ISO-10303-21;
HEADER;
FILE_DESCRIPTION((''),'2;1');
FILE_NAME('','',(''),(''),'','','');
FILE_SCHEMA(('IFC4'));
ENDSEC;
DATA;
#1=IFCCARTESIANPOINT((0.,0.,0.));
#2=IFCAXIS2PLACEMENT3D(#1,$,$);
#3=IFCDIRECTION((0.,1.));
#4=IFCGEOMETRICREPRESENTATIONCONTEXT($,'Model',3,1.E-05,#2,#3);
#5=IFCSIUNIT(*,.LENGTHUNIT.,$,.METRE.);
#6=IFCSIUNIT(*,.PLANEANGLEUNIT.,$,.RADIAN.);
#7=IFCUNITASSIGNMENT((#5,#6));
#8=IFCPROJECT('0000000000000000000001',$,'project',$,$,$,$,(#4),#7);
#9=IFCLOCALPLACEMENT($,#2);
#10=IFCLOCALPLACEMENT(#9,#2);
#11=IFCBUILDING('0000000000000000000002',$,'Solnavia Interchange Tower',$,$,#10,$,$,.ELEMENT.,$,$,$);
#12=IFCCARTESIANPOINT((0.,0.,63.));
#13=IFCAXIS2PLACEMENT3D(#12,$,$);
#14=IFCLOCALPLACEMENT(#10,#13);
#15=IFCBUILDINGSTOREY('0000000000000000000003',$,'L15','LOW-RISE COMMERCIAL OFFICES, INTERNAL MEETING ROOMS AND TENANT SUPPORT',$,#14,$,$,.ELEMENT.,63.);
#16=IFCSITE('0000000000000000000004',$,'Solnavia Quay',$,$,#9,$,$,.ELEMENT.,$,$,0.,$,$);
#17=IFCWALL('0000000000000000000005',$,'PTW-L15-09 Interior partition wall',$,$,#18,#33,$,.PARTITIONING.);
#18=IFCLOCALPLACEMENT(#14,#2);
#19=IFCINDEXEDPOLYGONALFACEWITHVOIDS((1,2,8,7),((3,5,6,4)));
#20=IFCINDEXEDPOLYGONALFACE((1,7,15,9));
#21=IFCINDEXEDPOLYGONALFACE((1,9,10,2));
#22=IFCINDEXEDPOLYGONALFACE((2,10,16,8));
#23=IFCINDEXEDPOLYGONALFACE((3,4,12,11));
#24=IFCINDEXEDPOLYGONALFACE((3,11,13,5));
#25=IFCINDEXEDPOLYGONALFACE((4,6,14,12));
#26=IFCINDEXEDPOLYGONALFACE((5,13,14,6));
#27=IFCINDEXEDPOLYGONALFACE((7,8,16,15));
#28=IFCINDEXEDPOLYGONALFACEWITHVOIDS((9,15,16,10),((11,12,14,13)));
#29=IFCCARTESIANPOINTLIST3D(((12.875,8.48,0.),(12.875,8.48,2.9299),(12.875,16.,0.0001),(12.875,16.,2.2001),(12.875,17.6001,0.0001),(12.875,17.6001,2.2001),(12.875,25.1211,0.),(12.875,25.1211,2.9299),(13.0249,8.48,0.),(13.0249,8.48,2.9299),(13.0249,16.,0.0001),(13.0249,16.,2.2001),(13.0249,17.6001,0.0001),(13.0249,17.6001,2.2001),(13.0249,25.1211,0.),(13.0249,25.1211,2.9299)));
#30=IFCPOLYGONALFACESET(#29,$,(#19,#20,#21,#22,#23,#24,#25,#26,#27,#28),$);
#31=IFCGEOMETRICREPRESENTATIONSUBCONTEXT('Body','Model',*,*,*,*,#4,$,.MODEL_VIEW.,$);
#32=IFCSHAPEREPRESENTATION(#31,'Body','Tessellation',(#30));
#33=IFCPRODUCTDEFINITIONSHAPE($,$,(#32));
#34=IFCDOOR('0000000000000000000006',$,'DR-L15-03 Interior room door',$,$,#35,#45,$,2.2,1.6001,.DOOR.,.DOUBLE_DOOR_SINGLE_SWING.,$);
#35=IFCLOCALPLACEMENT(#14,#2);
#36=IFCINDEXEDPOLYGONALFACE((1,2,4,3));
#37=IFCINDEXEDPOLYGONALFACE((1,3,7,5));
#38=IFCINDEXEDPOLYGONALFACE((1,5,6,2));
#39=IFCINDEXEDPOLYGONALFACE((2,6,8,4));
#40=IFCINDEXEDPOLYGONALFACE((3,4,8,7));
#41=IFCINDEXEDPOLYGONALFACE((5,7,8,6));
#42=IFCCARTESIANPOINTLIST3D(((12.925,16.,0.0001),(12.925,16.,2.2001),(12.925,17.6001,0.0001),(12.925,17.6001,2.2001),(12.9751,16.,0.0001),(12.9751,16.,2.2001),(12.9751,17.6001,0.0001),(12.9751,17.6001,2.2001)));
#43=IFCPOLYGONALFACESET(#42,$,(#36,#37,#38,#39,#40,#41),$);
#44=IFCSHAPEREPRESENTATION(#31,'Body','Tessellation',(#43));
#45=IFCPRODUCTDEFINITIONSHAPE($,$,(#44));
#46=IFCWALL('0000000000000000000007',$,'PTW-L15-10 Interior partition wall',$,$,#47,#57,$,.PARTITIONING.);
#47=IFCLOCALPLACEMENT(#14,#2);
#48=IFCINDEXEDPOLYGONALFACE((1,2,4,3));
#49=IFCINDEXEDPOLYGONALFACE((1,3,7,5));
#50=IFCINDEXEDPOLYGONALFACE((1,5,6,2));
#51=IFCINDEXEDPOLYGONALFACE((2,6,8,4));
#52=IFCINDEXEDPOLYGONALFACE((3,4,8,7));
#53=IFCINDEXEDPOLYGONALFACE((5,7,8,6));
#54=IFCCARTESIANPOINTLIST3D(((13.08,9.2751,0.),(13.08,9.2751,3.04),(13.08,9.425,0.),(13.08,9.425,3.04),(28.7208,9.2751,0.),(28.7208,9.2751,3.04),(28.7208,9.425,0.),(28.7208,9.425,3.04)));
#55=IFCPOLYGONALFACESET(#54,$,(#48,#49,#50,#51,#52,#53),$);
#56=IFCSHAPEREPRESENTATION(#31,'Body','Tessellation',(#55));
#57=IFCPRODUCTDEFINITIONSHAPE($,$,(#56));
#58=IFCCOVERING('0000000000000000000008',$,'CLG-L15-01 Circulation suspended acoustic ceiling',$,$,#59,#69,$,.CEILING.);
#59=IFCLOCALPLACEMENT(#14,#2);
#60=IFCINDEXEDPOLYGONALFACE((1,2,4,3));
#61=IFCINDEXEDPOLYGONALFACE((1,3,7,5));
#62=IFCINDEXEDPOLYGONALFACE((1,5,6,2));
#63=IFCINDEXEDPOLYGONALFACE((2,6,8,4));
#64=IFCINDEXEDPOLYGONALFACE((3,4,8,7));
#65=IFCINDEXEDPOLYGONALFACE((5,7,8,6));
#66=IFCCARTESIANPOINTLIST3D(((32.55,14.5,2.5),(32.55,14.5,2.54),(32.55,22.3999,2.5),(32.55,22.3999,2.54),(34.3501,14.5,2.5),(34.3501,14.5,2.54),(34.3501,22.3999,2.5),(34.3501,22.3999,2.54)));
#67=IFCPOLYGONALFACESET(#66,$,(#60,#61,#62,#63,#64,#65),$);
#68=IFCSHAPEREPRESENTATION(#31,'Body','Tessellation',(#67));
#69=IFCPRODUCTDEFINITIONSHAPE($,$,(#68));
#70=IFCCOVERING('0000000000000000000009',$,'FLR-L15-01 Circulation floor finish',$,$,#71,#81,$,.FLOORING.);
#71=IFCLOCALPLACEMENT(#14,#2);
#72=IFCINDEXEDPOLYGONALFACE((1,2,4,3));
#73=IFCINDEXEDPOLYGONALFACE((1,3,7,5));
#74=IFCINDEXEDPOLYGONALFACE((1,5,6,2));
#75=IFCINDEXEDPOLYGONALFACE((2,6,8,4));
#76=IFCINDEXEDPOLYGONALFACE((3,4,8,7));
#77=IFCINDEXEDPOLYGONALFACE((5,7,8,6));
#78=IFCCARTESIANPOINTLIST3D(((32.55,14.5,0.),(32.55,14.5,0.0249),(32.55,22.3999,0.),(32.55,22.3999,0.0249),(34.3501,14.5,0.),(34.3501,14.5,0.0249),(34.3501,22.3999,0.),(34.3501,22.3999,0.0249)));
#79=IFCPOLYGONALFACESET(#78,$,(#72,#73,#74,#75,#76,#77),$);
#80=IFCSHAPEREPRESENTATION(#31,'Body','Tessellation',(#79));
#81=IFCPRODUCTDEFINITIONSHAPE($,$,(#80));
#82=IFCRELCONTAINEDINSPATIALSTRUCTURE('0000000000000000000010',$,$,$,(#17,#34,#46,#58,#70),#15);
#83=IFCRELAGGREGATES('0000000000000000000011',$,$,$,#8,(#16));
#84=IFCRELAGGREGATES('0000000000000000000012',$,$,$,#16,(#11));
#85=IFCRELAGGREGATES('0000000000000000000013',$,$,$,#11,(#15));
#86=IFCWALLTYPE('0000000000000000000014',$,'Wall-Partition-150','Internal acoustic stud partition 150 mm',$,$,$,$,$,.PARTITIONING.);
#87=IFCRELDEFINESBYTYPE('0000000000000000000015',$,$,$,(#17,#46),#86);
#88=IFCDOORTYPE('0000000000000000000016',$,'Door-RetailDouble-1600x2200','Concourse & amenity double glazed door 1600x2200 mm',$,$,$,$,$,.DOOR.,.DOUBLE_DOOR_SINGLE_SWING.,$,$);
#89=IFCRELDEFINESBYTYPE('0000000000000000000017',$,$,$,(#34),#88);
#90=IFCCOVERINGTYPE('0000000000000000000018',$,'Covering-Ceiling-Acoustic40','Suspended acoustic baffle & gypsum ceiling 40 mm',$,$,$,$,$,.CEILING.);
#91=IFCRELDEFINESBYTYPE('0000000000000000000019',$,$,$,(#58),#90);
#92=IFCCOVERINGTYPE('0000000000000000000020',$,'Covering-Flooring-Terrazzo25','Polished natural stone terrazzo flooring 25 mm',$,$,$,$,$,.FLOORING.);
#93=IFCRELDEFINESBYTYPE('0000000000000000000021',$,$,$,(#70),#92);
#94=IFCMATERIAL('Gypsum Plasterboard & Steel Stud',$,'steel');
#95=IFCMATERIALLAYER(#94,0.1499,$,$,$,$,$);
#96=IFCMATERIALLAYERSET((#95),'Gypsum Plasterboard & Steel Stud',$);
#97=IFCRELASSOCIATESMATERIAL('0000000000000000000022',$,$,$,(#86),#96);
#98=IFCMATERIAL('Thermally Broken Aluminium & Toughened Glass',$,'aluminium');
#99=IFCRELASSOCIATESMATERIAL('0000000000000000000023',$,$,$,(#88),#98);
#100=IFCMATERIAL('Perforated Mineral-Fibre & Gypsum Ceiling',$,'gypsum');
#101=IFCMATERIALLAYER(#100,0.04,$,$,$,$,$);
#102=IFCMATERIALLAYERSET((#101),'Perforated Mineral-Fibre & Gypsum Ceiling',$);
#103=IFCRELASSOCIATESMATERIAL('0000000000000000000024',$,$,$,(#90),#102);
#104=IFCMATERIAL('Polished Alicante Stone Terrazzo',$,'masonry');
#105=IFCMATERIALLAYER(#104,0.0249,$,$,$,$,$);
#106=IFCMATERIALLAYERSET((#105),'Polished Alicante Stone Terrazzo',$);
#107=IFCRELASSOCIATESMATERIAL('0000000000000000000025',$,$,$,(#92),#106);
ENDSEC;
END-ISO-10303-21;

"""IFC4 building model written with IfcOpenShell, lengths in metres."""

from ifc_helpers import new_model, si_unit, direction, frame, frame_2d, origin, place, context, subcontext, project, spatial, polyline, rectangle, outline, extrude, material, layer, layer_set, type_object, element, fill, save


model = new_model("IFC4")

# Units and contexts
model_context = context("Model", 3, precision=1e-05, world=origin(), true_north=direction((0.0, 1.0)))
body_context = subcontext(model_context, "Body", "Model", "MODEL_VIEW")
ifc_project = project(units=[si_unit("LENGTHUNIT", "METRE"), si_unit("PLANEANGLEUNIT", "RADIAN")], contexts=[model_context])

# Site, building, storey
site_placement = place(None, origin())
site = spatial("IfcSite", under=ifc_project, at=site_placement, Name="Solnavia Quay", CompositionType="ELEMENT", RefElevation=0.0)
building_placement = place(site_placement, origin())
building = spatial("IfcBuilding", under=site, at=building_placement, Name="Solnavia Interchange Tower", CompositionType="ELEMENT")
storey_placement = place(building_placement, frame((0.0, 0.0, 63.0)))
storey = spatial("IfcBuildingStorey", under=building, at=storey_placement, Name="L15", Description="LOW-RISE COMMERCIAL OFFICES, INTERNAL MEETING ROOMS AND TENANT SUPPORT", CompositionType="ELEMENT", Elevation=63.0)

# Wall, opening, door
ifc_material_1 = material(Name="Gypsum Plasterboard & Steel Stud", Category="steel")
ifc_layer_1 = layer(ifc_material_1, 0.1499)
ifc_layer_set_1 = layer_set([ifc_layer_1], Name="Gypsum Plasterboard & Steel Stud")
wall_type_1 = type_object("IfcWallType", Name="Wall-Partition-150", Description="Internal acoustic stud partition 150 mm", PredefinedType="PARTITIONING", material=ifc_layer_set_1)
wall_1_placement = place(storey_placement, frame((12.95, 8.48, 0.0), z_axis=(0.0, 0.0, 1.0), x_axis=(0.0, 1.0, 0.0)))
wall_1 = element("IfcWall", 1, at=wall_1_placement, inside=storey, type_object=wall_type_1, Name="PTW-L15-09 Interior partition wall", PredefinedType="PARTITIONING", context=body_context, shape_type="SweptSolid", body=[
    extrude(rectangle(XDim=16.6411, YDim=0.1499, at=frame_2d((8.3206, 0.0))), origin(), (0.0, 0.0, 1.0), 2.9299),
])
opening_1_placement = place(wall_1_placement, frame((7.52, 0.0, 0.0)))
opening_1 = element("IfcOpeningElement", 2, at=opening_1_placement, cuts=wall_1, PredefinedType="OPENING", context=body_context, shape_type="SweptSolid", body=[
    extrude(rectangle(XDim=1.6001, YDim=2.2, at=frame_2d((0.8, 1.1001))), frame((0.0, 0.085, 0.0), z_axis=(0.0, -1.0, 0.0), x_axis=(1.0, 0.0, 0.0)), (0.0, 0.0, 1.0), 0.1699),
])
ifc_material_2 = material(Name="Thermally Broken Aluminium & Toughened Glass", Category="aluminium")
door_type = type_object("IfcDoorType", Name="Door-RetailDouble-1600x2200", Description="Concourse & amenity double glazed door 1600x2200 mm", OperationType="DOUBLE_DOOR_SINGLE_SWING", PredefinedType="DOOR", material=ifc_material_2)
door_placement = place(opening_1_placement, origin())
door = element("IfcDoor", 3, at=door_placement, inside=storey, type_object=door_type, Name="DR-L15-03 Interior room door", OperationType="DOUBLE_DOOR_SINGLE_SWING", OverallHeight=2.2, OverallWidth=1.6001, PredefinedType="DOOR", context=body_context, shape_type="SweptSolid", body=[
    extrude(rectangle(XDim=1.6001, YDim=2.2, at=frame_2d((0.8, 1.1001))), frame((0.0, 0.0249, 0.0), z_axis=(0.0, -1.0, 0.0), x_axis=(1.0, 0.0, 0.0)), (0.0, 0.0, 1.0), 0.05),
])
fill(opening_1, door)

# Wall
wall_2_placement = place(storey_placement, frame((13.0801, 9.3501, 0.0), z_axis=(0.0, 0.0, 1.0), x_axis=(1.0, 0.0, 0.0)))
element("IfcWall", 4, at=wall_2_placement, inside=storey, type_object=wall_type_1, Name="PTW-L15-10 Interior partition wall", PredefinedType="PARTITIONING", context=body_context, shape_type="SweptSolid", body=[
    extrude(rectangle(XDim=15.6409, YDim=0.1499, at=frame_2d((7.8203, 0.0))), origin(), (0.0, 0.0, 1.0), 3.04),
])

# Coverings
ifc_material_3 = material(Name="Perforated Mineral-Fibre & Gypsum Ceiling", Category="gypsum")
ifc_layer_2 = layer(ifc_material_3, 0.04)
ifc_layer_set_2 = layer_set([ifc_layer_2], Name="Perforated Mineral-Fibre & Gypsum Ceiling")
covering_type_1 = type_object("IfcCoveringType", Name="Covering-Ceiling-Acoustic40", Description="Suspended acoustic baffle & gypsum ceiling 40 mm", PredefinedType="CEILING", material=ifc_layer_set_2)
covering_1_placement = place(storey_placement, frame((0.0, 0.0, 2.5)))
element("IfcCovering", 5, at=covering_1_placement, inside=storey, type_object=covering_type_1, Name="CLG-L15-01 Circulation suspended acoustic ceiling", PredefinedType="CEILING", context=body_context, shape_type="SweptSolid", body=[
    extrude(outline(polyline([(32.55, 14.5), (34.3501, 14.5), (34.3501, 22.3999), (32.55, 22.3999), (32.55, 14.5)])), origin(), (0.0, 0.0, 1.0), 0.04),
])
ifc_material_4 = material(Name="Polished Alicante Stone Terrazzo", Category="masonry")
ifc_layer_3 = layer(ifc_material_4, 0.0249)
ifc_layer_set_3 = layer_set([ifc_layer_3], Name="Polished Alicante Stone Terrazzo")
covering_type_2 = type_object("IfcCoveringType", Name="Covering-Flooring-Terrazzo25", Description="Polished natural stone terrazzo flooring 25 mm", PredefinedType="FLOORING", material=ifc_layer_set_3)
covering_2_placement = place(storey_placement, origin())
element("IfcCovering", 6, at=covering_2_placement, inside=storey, type_object=covering_type_2, Name="FLR-L15-01 Circulation floor finish", PredefinedType="FLOORING", context=body_context, shape_type="SweptSolid", body=[
    extrude(outline(polyline([(32.55, 14.5), (34.3501, 14.5), (34.3501, 22.3999), (32.55, 22.3999), (32.55, 14.5)])), origin(), (0.0, 0.0, 1.0), 0.0249),
])

save(model, "model.ifc")
